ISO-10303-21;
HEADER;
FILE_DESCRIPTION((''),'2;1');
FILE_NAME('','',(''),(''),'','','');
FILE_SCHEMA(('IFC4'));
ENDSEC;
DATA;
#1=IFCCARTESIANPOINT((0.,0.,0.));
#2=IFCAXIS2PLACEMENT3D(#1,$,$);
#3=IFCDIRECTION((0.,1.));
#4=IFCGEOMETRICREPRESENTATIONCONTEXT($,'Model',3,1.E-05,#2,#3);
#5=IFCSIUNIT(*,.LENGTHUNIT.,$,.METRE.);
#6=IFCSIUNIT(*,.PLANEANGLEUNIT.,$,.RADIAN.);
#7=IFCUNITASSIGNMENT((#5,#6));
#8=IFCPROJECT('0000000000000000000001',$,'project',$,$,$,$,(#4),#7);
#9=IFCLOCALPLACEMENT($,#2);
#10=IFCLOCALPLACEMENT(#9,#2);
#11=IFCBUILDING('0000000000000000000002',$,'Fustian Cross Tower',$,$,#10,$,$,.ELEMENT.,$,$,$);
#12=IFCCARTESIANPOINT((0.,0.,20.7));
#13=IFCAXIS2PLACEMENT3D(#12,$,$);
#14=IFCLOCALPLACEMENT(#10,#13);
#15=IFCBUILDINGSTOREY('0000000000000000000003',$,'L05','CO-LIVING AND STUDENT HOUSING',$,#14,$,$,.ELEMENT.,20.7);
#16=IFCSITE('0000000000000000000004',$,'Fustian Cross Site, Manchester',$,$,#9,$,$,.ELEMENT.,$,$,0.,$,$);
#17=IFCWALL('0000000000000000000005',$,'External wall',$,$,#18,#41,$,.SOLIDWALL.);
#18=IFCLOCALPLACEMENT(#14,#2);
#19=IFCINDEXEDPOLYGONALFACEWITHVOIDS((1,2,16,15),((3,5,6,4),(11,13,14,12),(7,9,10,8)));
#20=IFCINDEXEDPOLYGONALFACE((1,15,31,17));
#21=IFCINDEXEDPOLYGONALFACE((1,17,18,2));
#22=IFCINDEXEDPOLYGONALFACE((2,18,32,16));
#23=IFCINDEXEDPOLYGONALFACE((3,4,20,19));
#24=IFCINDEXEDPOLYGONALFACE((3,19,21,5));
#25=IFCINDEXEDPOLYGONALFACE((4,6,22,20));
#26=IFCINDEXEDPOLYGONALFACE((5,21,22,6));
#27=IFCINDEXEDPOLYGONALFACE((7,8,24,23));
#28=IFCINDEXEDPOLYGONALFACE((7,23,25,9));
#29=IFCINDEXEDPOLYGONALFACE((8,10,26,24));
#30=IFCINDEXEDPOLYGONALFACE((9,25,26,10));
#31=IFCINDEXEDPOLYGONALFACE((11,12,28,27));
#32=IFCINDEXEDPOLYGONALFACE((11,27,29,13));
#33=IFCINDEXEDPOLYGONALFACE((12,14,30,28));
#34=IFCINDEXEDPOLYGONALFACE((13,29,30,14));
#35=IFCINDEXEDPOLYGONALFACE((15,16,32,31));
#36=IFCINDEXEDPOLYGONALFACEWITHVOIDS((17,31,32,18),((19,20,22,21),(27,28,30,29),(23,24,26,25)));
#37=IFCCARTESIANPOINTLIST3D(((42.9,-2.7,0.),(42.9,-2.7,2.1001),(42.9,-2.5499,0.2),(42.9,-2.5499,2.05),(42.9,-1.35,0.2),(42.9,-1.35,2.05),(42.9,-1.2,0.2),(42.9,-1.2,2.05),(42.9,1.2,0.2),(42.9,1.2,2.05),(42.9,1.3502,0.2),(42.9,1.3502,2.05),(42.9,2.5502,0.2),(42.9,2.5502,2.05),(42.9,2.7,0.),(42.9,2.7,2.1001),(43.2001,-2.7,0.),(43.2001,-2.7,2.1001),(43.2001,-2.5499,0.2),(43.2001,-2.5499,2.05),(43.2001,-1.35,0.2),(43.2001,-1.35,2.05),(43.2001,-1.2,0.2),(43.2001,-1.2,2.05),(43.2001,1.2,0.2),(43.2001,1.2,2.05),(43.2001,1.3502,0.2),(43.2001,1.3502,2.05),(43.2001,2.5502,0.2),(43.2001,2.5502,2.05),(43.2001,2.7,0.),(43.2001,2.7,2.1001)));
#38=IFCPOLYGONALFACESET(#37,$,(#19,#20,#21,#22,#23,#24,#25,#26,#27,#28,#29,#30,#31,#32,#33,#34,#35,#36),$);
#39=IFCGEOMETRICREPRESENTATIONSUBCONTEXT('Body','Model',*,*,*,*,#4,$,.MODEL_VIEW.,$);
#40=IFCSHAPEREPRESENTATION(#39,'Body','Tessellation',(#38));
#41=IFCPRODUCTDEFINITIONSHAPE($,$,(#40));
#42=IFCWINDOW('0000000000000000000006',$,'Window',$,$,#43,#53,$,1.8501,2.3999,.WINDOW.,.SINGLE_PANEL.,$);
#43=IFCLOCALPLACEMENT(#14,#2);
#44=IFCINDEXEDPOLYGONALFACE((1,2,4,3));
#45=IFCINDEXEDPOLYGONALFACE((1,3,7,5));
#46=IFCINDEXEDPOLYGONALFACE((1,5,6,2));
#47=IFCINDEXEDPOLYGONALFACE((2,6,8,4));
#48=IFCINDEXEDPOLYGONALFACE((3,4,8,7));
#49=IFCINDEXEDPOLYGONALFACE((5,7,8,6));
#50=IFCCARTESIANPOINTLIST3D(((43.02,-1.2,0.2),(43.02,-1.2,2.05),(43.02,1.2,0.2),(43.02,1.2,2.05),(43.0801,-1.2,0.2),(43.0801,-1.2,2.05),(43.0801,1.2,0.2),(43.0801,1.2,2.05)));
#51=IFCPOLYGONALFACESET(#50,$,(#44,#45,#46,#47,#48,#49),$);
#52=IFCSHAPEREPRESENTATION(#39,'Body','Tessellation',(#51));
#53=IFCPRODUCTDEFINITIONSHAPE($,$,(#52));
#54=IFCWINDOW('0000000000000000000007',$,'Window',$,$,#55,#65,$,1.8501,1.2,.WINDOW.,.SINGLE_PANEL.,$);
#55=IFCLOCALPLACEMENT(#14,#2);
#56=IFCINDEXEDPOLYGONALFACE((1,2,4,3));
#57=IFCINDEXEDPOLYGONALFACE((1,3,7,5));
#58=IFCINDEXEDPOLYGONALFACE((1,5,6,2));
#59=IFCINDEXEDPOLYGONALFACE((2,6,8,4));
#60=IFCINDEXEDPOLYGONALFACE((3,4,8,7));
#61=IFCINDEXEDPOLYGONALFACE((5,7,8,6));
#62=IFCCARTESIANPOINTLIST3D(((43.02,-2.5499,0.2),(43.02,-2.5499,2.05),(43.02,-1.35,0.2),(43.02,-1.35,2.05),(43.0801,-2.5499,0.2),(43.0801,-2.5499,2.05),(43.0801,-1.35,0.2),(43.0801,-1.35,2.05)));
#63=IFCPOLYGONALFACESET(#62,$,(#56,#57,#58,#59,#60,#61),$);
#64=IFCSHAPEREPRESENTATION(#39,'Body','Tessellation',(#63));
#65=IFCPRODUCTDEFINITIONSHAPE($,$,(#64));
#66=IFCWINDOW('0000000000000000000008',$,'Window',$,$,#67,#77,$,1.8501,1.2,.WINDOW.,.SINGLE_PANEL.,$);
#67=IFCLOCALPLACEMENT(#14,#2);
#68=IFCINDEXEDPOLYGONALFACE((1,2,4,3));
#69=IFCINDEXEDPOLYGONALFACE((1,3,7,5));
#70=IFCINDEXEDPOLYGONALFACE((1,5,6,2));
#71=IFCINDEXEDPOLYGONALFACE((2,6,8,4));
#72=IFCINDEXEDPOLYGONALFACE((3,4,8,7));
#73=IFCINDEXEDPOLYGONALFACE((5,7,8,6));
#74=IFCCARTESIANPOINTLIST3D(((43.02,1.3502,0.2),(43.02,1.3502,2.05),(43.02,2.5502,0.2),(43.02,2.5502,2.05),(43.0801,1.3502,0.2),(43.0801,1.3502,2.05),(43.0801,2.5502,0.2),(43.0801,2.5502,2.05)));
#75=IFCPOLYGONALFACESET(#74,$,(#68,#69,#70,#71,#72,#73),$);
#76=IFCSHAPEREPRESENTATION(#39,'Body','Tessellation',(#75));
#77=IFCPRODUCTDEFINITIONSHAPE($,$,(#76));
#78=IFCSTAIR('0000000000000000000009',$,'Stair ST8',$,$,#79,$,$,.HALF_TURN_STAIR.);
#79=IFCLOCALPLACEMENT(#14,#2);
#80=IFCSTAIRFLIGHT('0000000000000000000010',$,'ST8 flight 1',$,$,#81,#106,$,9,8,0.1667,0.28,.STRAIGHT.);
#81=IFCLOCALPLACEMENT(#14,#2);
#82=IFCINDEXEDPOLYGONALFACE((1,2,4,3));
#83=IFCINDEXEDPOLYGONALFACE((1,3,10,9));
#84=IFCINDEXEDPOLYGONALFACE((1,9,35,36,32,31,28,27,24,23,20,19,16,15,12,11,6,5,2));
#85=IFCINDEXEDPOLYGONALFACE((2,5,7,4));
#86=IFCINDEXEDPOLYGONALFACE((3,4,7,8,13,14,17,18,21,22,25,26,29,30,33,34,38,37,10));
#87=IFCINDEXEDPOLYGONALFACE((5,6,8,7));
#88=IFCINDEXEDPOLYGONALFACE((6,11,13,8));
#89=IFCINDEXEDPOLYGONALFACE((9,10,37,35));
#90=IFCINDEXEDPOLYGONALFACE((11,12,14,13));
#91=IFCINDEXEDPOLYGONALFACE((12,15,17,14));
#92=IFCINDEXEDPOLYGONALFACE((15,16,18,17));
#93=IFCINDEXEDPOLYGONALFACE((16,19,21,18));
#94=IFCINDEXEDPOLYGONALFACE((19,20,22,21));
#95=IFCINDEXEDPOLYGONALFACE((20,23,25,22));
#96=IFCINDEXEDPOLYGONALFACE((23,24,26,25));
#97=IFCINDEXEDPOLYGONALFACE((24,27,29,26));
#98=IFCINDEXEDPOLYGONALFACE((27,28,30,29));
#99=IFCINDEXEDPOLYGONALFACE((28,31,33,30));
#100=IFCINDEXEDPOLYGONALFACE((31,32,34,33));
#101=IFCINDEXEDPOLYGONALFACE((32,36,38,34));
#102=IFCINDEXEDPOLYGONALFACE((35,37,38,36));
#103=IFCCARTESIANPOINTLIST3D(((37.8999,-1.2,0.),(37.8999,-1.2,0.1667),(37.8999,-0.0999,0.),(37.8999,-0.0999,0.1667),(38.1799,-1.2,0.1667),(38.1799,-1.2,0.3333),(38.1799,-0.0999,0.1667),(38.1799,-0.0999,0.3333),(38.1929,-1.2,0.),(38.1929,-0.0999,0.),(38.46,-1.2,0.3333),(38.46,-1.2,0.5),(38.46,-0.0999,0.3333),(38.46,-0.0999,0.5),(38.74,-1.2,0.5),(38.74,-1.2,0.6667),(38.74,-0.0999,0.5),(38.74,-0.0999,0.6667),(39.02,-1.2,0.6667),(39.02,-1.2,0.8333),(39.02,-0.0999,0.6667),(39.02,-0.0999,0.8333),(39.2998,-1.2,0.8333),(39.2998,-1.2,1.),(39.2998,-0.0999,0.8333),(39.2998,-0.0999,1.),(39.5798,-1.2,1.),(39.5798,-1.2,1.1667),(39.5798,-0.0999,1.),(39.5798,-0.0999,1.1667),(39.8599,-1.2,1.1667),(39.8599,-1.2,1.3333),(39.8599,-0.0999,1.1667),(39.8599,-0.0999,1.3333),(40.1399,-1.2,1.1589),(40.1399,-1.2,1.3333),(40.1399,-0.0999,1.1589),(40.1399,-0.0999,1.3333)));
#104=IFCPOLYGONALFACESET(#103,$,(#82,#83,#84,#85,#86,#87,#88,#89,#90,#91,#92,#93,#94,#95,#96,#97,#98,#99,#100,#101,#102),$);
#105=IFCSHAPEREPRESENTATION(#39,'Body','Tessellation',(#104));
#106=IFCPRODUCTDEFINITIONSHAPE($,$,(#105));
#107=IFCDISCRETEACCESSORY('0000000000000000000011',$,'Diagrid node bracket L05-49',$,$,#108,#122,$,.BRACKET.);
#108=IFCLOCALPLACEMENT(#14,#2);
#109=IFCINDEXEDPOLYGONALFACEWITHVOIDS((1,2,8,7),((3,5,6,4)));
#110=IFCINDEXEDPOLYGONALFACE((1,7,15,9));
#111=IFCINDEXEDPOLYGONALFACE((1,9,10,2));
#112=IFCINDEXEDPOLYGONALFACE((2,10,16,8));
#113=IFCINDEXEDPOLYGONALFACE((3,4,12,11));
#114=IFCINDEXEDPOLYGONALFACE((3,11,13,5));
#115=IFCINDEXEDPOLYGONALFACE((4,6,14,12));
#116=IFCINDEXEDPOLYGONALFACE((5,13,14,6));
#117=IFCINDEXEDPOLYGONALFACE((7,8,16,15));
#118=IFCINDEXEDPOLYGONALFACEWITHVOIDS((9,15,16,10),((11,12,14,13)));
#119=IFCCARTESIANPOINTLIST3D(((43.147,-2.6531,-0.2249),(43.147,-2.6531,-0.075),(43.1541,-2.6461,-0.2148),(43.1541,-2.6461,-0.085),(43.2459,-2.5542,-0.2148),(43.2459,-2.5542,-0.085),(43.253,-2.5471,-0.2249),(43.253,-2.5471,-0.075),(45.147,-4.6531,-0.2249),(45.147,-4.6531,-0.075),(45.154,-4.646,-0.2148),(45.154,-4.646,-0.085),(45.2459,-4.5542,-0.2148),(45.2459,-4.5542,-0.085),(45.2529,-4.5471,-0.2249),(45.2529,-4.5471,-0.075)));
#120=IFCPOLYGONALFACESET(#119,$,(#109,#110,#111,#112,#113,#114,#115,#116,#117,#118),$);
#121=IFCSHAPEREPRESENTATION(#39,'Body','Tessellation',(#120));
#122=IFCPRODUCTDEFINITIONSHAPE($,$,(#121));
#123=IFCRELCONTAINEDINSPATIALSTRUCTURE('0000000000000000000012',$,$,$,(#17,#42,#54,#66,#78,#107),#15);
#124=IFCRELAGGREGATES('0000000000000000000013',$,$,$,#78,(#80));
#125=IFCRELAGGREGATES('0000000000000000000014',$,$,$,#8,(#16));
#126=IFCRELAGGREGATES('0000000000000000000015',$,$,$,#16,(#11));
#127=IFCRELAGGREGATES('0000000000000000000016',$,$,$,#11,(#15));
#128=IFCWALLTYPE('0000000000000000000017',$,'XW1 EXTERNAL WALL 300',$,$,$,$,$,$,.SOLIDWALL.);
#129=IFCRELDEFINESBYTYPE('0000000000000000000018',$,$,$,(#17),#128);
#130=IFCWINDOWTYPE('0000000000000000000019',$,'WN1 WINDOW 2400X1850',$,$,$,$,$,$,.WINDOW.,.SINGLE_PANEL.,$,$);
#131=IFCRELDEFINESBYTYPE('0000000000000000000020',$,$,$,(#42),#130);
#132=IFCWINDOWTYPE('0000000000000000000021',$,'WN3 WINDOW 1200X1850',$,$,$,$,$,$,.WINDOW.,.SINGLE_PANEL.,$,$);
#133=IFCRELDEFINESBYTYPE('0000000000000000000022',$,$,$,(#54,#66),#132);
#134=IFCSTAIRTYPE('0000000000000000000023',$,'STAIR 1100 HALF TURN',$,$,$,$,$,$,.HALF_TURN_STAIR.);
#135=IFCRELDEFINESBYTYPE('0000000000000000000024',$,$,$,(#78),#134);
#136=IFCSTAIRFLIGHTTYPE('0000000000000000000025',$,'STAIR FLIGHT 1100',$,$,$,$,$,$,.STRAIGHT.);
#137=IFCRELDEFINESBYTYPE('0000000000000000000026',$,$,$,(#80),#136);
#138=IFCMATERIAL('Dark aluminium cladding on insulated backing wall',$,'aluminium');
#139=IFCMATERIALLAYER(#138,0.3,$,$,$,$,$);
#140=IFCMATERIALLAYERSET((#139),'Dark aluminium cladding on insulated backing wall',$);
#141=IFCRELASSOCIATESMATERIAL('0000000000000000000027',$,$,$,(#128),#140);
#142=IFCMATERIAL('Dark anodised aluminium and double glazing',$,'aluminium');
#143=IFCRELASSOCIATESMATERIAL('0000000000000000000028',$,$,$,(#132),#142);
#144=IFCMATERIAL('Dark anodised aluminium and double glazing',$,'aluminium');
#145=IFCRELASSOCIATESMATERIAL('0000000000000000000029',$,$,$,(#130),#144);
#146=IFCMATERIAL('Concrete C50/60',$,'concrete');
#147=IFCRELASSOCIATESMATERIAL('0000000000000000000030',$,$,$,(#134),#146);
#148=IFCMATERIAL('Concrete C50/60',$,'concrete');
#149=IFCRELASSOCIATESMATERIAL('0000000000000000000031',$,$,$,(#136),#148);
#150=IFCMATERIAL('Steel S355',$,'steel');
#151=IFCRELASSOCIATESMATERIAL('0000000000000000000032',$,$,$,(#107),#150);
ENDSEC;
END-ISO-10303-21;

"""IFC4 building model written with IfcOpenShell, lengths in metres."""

from ifc_helpers import new_model, si_unit, direction, frame, frame_2d, origin, origin_2d, place, context, subcontext, project, spatial, polyline, rectangle, hollow_rectangle, outline, extrude, material, layer, layer_set, type_object, element, fill, aggregate, save


model = new_model("IFC4")

# Units and contexts
model_context = context("Model", 3, precision=1e-05, world=origin(), true_north=direction((0.0, 1.0)))
body_context = subcontext(model_context, "Body", "Model", "MODEL_VIEW")
ifc_project = project(units=[si_unit("LENGTHUNIT", "METRE"), si_unit("PLANEANGLEUNIT", "RADIAN")], contexts=[model_context])

# Site, building, storey
site_placement = place(None, origin())
site = spatial("IfcSite", under=ifc_project, at=site_placement, Name="Fustian Cross Site, Manchester", CompositionType="ELEMENT", RefElevation=0.0)
building_placement = place(site_placement, origin())
building = spatial("IfcBuilding", under=site, at=building_placement, Name="Fustian Cross Tower", CompositionType="ELEMENT")
storey_placement = place(building_placement, frame((0.0, 0.0, 20.7)))
storey = spatial("IfcBuildingStorey", under=building, at=storey_placement, Name="L05", Description="CO-LIVING AND STUDENT HOUSING", CompositionType="ELEMENT", Elevation=20.7)

# Shared definitions
ifc_material_1 = material(Name="Dark aluminium cladding on insulated backing wall", Category="aluminium")
ifc_layer_1 = layer(ifc_material_1, 0.3)
ifc_layer_set_1 = layer_set([ifc_layer_1], Name="Dark aluminium cladding on insulated backing wall")
wall_type_1 = type_object("IfcWallType", Name="XW1 EXTERNAL WALL 300", PredefinedType="SOLIDWALL", material=ifc_layer_set_1)

# Shared definitions
ifc_material_2 = material(Name="Dark anodised aluminium and double glazing", Category="aluminium")
window_type_1 = type_object("IfcWindowType", Name="WN3 WINDOW 1200X1850", PartitioningType="SINGLE_PANEL", PredefinedType="WINDOW", material=ifc_material_2)

# Wall, openings, windows
wall_1_placement = place(storey_placement, frame((43.05, -2.7, 0.0), z_axis=(0.0, 0.0, 1.0), x_axis=(0.0, 1.0, 0.0)))
wall_1 = element("IfcWall", 1, at=wall_1_placement, inside=storey, type_object=wall_type_1, Name="External wall", PredefinedType="SOLIDWALL", context=body_context, shape_type="SweptSolid", body=[
    extrude(rectangle(XDim=5.3999, YDim=0.3, at=frame_2d((2.7, 0.0))), origin(), (0.0, 0.0, 1.0), 2.1001),
])
opening_1_placement = place(wall_1_placement, frame((1.5, 0.0, 0.2)))
opening_1 = element("IfcOpeningElement", 2, at=opening_1_placement, cuts=wall_1, PredefinedType="OPENING", context=body_context, shape_type="SweptSolid", body=[
    extrude(rectangle(XDim=2.3999, YDim=1.8501, at=frame_2d((1.2, 0.925))), frame((0.0, 0.1599, 0.0), z_axis=(0.0, -1.0, 0.0), x_axis=(1.0, 0.0, 0.0)), (0.0, 0.0, 1.0), 0.3201),
])
opening_2_placement = place(wall_1_placement, frame((0.1499, 0.0, 0.2)))
opening_2 = element("IfcOpeningElement", 3, at=opening_2_placement, cuts=wall_1, PredefinedType="OPENING", context=body_context, shape_type="SweptSolid", body=[
    extrude(rectangle(XDim=1.2, YDim=1.8501, at=frame_2d((0.6001, 0.925))), frame((0.0, 0.1599, 0.0), z_axis=(0.0, -1.0, 0.0), x_axis=(1.0, 0.0, 0.0)), (0.0, 0.0, 1.0), 0.3201),
])
opening_3_placement = place(wall_1_placement, frame((4.05, 0.0, 0.2)))
opening_3 = element("IfcOpeningElement", 4, at=opening_3_placement, cuts=wall_1, PredefinedType="OPENING", context=body_context, shape_type="SweptSolid", body=[
    extrude(rectangle(XDim=1.2, YDim=1.8501, at=frame_2d((0.6001, 0.925))), frame((0.0, 0.1599, 0.0), z_axis=(0.0, -1.0, 0.0), x_axis=(1.0, 0.0, 0.0)), (0.0, 0.0, 1.0), 0.3201),
])
ifc_material_3 = material(Name="Dark anodised aluminium and double glazing", Category="aluminium")
window_type_2 = type_object("IfcWindowType", Name="WN1 WINDOW 2400X1850", PartitioningType="SINGLE_PANEL", PredefinedType="WINDOW", material=ifc_material_3)
window_1_placement = place(opening_1_placement, origin())
window_1 = element("IfcWindow", 5, at=window_1_placement, inside=storey, type_object=window_type_2, Name="Window", OverallHeight=1.8501, OverallWidth=2.3999, PartitioningType="SINGLE_PANEL", PredefinedType="WINDOW", context=body_context, shape_type="SweptSolid", body=[
    extrude(rectangle(XDim=2.3999, YDim=1.8501, at=frame_2d((1.2, 0.925))), frame((0.0, 0.03, 0.0), z_axis=(0.0, -1.0, 0.0), x_axis=(1.0, 0.0, 0.0)), (0.0, 0.0, 1.0), 0.0601),
])
fill(opening_1, window_1)
window_2_placement = place(opening_2_placement, origin())
window_2 = element("IfcWindow", 6, at=window_2_placement, inside=storey, type_object=window_type_1, Name="Window", OverallHeight=1.8501, OverallWidth=1.2, PartitioningType="SINGLE_PANEL", PredefinedType="WINDOW", context=body_context, shape_type="SweptSolid", body=[
    extrude(rectangle(XDim=1.2, YDim=1.8501, at=frame_2d((0.6001, 0.925))), frame((0.0, 0.03, 0.0), z_axis=(0.0, -1.0, 0.0), x_axis=(1.0, 0.0, 0.0)), (0.0, 0.0, 1.0), 0.0601),
])
fill(opening_2, window_2)
window_3_placement = place(opening_3_placement, origin())
window_3 = element("IfcWindow", 7, at=window_3_placement, inside=storey, type_object=window_type_1, Name="Window", OverallHeight=1.8501, OverallWidth=1.2, PartitioningType="SINGLE_PANEL", PredefinedType="WINDOW", context=body_context, shape_type="SweptSolid", body=[
    extrude(rectangle(XDim=1.2, YDim=1.8501, at=frame_2d((0.6001, 0.925))), frame((0.0, 0.03, 0.0), z_axis=(0.0, -1.0, 0.0), x_axis=(1.0, 0.0, 0.0)), (0.0, 0.0, 1.0), 0.0601),
])
fill(opening_3, window_3)

# Stair, stair flight
ifc_material_4 = material(Name="Concrete C50/60", Category="concrete")
stair_type = type_object("IfcStairType", Name="STAIR 1100 HALF TURN", PredefinedType="HALF_TURN_STAIR", material=ifc_material_4)
stair_placement = place(storey_placement, origin())
stair = element("IfcStair", 8, at=stair_placement, inside=storey, type_object=stair_type, Name="Stair ST8", PredefinedType="HALF_TURN_STAIR")
ifc_material_5 = material(Name="Concrete C50/60", Category="concrete")
stair_flight_type = type_object("IfcStairFlightType", Name="STAIR FLIGHT 1100", PredefinedType="STRAIGHT", material=ifc_material_5)
stair_flight_placement = place(storey_placement, frame((37.8999, -0.6499, 0.0), z_axis=(0.0, 0.0, 1.0), x_axis=(1.0, 0.0, 0.0)))
stair_flight = element("IfcStairFlight", 9, at=stair_flight_placement, type_object=stair_flight_type, Name="ST8 flight 1", NumberOfRisers=9, NumberOfTreads=8, PredefinedType="STRAIGHT", RiserHeight=0.1667, TreadLength=0.28, context=body_context, shape_type="SweptSolid", body=[
    extrude(outline(polyline([(0.0, 0.0), (0.0, 0.1667), (0.28, 0.1667), (0.28, 0.3333), (0.5601, 0.3333), (0.5601, 0.5), (0.8401, 0.5), (0.8401, 0.6667), (1.1201, 0.6667), (1.1201, 0.8333), (1.3999, 0.8333), (1.3999, 1.0), (1.6799, 1.0), (1.6799, 1.1667), (1.96, 1.1667), (1.96, 1.3333), (2.24, 1.3333), (2.24, 1.5), (2.24, 1.1589), (0.293, 0.0), (0.0, 0.0)])), frame((0.0, 0.55, 0.0), z_axis=(0.0, -1.0, 0.0), x_axis=(1.0, 0.0, 0.0)), (0.0, 0.0, 1.0), 1.1001),
])
aggregate(stair, [stair_flight])

# Discrete accessory
ifc_material_6 = material(Name="Steel S355", Category="steel")
discrete_accessory_placement = place(storey_placement, frame((45.2, -4.6001, -0.1499), z_axis=(-0.707107, 0.707107, 0.0), x_axis=(-0.707107, -0.707107, 0.0)))
element("IfcDiscreteAccessory", 10, at=discrete_accessory_placement, inside=storey, material=ifc_material_6, Name="Diagrid node bracket L05-49", PredefinedType="BRACKET", context=body_context, shape_type="SweptSolid", body=[
    extrude(hollow_rectangle(XDim=0.1499, YDim=0.1499, WallThickness=0.01, at=origin_2d()), origin(), (0.0, 0.0, 1.0), 2.8284),
])

save(model, "model.ifc")
